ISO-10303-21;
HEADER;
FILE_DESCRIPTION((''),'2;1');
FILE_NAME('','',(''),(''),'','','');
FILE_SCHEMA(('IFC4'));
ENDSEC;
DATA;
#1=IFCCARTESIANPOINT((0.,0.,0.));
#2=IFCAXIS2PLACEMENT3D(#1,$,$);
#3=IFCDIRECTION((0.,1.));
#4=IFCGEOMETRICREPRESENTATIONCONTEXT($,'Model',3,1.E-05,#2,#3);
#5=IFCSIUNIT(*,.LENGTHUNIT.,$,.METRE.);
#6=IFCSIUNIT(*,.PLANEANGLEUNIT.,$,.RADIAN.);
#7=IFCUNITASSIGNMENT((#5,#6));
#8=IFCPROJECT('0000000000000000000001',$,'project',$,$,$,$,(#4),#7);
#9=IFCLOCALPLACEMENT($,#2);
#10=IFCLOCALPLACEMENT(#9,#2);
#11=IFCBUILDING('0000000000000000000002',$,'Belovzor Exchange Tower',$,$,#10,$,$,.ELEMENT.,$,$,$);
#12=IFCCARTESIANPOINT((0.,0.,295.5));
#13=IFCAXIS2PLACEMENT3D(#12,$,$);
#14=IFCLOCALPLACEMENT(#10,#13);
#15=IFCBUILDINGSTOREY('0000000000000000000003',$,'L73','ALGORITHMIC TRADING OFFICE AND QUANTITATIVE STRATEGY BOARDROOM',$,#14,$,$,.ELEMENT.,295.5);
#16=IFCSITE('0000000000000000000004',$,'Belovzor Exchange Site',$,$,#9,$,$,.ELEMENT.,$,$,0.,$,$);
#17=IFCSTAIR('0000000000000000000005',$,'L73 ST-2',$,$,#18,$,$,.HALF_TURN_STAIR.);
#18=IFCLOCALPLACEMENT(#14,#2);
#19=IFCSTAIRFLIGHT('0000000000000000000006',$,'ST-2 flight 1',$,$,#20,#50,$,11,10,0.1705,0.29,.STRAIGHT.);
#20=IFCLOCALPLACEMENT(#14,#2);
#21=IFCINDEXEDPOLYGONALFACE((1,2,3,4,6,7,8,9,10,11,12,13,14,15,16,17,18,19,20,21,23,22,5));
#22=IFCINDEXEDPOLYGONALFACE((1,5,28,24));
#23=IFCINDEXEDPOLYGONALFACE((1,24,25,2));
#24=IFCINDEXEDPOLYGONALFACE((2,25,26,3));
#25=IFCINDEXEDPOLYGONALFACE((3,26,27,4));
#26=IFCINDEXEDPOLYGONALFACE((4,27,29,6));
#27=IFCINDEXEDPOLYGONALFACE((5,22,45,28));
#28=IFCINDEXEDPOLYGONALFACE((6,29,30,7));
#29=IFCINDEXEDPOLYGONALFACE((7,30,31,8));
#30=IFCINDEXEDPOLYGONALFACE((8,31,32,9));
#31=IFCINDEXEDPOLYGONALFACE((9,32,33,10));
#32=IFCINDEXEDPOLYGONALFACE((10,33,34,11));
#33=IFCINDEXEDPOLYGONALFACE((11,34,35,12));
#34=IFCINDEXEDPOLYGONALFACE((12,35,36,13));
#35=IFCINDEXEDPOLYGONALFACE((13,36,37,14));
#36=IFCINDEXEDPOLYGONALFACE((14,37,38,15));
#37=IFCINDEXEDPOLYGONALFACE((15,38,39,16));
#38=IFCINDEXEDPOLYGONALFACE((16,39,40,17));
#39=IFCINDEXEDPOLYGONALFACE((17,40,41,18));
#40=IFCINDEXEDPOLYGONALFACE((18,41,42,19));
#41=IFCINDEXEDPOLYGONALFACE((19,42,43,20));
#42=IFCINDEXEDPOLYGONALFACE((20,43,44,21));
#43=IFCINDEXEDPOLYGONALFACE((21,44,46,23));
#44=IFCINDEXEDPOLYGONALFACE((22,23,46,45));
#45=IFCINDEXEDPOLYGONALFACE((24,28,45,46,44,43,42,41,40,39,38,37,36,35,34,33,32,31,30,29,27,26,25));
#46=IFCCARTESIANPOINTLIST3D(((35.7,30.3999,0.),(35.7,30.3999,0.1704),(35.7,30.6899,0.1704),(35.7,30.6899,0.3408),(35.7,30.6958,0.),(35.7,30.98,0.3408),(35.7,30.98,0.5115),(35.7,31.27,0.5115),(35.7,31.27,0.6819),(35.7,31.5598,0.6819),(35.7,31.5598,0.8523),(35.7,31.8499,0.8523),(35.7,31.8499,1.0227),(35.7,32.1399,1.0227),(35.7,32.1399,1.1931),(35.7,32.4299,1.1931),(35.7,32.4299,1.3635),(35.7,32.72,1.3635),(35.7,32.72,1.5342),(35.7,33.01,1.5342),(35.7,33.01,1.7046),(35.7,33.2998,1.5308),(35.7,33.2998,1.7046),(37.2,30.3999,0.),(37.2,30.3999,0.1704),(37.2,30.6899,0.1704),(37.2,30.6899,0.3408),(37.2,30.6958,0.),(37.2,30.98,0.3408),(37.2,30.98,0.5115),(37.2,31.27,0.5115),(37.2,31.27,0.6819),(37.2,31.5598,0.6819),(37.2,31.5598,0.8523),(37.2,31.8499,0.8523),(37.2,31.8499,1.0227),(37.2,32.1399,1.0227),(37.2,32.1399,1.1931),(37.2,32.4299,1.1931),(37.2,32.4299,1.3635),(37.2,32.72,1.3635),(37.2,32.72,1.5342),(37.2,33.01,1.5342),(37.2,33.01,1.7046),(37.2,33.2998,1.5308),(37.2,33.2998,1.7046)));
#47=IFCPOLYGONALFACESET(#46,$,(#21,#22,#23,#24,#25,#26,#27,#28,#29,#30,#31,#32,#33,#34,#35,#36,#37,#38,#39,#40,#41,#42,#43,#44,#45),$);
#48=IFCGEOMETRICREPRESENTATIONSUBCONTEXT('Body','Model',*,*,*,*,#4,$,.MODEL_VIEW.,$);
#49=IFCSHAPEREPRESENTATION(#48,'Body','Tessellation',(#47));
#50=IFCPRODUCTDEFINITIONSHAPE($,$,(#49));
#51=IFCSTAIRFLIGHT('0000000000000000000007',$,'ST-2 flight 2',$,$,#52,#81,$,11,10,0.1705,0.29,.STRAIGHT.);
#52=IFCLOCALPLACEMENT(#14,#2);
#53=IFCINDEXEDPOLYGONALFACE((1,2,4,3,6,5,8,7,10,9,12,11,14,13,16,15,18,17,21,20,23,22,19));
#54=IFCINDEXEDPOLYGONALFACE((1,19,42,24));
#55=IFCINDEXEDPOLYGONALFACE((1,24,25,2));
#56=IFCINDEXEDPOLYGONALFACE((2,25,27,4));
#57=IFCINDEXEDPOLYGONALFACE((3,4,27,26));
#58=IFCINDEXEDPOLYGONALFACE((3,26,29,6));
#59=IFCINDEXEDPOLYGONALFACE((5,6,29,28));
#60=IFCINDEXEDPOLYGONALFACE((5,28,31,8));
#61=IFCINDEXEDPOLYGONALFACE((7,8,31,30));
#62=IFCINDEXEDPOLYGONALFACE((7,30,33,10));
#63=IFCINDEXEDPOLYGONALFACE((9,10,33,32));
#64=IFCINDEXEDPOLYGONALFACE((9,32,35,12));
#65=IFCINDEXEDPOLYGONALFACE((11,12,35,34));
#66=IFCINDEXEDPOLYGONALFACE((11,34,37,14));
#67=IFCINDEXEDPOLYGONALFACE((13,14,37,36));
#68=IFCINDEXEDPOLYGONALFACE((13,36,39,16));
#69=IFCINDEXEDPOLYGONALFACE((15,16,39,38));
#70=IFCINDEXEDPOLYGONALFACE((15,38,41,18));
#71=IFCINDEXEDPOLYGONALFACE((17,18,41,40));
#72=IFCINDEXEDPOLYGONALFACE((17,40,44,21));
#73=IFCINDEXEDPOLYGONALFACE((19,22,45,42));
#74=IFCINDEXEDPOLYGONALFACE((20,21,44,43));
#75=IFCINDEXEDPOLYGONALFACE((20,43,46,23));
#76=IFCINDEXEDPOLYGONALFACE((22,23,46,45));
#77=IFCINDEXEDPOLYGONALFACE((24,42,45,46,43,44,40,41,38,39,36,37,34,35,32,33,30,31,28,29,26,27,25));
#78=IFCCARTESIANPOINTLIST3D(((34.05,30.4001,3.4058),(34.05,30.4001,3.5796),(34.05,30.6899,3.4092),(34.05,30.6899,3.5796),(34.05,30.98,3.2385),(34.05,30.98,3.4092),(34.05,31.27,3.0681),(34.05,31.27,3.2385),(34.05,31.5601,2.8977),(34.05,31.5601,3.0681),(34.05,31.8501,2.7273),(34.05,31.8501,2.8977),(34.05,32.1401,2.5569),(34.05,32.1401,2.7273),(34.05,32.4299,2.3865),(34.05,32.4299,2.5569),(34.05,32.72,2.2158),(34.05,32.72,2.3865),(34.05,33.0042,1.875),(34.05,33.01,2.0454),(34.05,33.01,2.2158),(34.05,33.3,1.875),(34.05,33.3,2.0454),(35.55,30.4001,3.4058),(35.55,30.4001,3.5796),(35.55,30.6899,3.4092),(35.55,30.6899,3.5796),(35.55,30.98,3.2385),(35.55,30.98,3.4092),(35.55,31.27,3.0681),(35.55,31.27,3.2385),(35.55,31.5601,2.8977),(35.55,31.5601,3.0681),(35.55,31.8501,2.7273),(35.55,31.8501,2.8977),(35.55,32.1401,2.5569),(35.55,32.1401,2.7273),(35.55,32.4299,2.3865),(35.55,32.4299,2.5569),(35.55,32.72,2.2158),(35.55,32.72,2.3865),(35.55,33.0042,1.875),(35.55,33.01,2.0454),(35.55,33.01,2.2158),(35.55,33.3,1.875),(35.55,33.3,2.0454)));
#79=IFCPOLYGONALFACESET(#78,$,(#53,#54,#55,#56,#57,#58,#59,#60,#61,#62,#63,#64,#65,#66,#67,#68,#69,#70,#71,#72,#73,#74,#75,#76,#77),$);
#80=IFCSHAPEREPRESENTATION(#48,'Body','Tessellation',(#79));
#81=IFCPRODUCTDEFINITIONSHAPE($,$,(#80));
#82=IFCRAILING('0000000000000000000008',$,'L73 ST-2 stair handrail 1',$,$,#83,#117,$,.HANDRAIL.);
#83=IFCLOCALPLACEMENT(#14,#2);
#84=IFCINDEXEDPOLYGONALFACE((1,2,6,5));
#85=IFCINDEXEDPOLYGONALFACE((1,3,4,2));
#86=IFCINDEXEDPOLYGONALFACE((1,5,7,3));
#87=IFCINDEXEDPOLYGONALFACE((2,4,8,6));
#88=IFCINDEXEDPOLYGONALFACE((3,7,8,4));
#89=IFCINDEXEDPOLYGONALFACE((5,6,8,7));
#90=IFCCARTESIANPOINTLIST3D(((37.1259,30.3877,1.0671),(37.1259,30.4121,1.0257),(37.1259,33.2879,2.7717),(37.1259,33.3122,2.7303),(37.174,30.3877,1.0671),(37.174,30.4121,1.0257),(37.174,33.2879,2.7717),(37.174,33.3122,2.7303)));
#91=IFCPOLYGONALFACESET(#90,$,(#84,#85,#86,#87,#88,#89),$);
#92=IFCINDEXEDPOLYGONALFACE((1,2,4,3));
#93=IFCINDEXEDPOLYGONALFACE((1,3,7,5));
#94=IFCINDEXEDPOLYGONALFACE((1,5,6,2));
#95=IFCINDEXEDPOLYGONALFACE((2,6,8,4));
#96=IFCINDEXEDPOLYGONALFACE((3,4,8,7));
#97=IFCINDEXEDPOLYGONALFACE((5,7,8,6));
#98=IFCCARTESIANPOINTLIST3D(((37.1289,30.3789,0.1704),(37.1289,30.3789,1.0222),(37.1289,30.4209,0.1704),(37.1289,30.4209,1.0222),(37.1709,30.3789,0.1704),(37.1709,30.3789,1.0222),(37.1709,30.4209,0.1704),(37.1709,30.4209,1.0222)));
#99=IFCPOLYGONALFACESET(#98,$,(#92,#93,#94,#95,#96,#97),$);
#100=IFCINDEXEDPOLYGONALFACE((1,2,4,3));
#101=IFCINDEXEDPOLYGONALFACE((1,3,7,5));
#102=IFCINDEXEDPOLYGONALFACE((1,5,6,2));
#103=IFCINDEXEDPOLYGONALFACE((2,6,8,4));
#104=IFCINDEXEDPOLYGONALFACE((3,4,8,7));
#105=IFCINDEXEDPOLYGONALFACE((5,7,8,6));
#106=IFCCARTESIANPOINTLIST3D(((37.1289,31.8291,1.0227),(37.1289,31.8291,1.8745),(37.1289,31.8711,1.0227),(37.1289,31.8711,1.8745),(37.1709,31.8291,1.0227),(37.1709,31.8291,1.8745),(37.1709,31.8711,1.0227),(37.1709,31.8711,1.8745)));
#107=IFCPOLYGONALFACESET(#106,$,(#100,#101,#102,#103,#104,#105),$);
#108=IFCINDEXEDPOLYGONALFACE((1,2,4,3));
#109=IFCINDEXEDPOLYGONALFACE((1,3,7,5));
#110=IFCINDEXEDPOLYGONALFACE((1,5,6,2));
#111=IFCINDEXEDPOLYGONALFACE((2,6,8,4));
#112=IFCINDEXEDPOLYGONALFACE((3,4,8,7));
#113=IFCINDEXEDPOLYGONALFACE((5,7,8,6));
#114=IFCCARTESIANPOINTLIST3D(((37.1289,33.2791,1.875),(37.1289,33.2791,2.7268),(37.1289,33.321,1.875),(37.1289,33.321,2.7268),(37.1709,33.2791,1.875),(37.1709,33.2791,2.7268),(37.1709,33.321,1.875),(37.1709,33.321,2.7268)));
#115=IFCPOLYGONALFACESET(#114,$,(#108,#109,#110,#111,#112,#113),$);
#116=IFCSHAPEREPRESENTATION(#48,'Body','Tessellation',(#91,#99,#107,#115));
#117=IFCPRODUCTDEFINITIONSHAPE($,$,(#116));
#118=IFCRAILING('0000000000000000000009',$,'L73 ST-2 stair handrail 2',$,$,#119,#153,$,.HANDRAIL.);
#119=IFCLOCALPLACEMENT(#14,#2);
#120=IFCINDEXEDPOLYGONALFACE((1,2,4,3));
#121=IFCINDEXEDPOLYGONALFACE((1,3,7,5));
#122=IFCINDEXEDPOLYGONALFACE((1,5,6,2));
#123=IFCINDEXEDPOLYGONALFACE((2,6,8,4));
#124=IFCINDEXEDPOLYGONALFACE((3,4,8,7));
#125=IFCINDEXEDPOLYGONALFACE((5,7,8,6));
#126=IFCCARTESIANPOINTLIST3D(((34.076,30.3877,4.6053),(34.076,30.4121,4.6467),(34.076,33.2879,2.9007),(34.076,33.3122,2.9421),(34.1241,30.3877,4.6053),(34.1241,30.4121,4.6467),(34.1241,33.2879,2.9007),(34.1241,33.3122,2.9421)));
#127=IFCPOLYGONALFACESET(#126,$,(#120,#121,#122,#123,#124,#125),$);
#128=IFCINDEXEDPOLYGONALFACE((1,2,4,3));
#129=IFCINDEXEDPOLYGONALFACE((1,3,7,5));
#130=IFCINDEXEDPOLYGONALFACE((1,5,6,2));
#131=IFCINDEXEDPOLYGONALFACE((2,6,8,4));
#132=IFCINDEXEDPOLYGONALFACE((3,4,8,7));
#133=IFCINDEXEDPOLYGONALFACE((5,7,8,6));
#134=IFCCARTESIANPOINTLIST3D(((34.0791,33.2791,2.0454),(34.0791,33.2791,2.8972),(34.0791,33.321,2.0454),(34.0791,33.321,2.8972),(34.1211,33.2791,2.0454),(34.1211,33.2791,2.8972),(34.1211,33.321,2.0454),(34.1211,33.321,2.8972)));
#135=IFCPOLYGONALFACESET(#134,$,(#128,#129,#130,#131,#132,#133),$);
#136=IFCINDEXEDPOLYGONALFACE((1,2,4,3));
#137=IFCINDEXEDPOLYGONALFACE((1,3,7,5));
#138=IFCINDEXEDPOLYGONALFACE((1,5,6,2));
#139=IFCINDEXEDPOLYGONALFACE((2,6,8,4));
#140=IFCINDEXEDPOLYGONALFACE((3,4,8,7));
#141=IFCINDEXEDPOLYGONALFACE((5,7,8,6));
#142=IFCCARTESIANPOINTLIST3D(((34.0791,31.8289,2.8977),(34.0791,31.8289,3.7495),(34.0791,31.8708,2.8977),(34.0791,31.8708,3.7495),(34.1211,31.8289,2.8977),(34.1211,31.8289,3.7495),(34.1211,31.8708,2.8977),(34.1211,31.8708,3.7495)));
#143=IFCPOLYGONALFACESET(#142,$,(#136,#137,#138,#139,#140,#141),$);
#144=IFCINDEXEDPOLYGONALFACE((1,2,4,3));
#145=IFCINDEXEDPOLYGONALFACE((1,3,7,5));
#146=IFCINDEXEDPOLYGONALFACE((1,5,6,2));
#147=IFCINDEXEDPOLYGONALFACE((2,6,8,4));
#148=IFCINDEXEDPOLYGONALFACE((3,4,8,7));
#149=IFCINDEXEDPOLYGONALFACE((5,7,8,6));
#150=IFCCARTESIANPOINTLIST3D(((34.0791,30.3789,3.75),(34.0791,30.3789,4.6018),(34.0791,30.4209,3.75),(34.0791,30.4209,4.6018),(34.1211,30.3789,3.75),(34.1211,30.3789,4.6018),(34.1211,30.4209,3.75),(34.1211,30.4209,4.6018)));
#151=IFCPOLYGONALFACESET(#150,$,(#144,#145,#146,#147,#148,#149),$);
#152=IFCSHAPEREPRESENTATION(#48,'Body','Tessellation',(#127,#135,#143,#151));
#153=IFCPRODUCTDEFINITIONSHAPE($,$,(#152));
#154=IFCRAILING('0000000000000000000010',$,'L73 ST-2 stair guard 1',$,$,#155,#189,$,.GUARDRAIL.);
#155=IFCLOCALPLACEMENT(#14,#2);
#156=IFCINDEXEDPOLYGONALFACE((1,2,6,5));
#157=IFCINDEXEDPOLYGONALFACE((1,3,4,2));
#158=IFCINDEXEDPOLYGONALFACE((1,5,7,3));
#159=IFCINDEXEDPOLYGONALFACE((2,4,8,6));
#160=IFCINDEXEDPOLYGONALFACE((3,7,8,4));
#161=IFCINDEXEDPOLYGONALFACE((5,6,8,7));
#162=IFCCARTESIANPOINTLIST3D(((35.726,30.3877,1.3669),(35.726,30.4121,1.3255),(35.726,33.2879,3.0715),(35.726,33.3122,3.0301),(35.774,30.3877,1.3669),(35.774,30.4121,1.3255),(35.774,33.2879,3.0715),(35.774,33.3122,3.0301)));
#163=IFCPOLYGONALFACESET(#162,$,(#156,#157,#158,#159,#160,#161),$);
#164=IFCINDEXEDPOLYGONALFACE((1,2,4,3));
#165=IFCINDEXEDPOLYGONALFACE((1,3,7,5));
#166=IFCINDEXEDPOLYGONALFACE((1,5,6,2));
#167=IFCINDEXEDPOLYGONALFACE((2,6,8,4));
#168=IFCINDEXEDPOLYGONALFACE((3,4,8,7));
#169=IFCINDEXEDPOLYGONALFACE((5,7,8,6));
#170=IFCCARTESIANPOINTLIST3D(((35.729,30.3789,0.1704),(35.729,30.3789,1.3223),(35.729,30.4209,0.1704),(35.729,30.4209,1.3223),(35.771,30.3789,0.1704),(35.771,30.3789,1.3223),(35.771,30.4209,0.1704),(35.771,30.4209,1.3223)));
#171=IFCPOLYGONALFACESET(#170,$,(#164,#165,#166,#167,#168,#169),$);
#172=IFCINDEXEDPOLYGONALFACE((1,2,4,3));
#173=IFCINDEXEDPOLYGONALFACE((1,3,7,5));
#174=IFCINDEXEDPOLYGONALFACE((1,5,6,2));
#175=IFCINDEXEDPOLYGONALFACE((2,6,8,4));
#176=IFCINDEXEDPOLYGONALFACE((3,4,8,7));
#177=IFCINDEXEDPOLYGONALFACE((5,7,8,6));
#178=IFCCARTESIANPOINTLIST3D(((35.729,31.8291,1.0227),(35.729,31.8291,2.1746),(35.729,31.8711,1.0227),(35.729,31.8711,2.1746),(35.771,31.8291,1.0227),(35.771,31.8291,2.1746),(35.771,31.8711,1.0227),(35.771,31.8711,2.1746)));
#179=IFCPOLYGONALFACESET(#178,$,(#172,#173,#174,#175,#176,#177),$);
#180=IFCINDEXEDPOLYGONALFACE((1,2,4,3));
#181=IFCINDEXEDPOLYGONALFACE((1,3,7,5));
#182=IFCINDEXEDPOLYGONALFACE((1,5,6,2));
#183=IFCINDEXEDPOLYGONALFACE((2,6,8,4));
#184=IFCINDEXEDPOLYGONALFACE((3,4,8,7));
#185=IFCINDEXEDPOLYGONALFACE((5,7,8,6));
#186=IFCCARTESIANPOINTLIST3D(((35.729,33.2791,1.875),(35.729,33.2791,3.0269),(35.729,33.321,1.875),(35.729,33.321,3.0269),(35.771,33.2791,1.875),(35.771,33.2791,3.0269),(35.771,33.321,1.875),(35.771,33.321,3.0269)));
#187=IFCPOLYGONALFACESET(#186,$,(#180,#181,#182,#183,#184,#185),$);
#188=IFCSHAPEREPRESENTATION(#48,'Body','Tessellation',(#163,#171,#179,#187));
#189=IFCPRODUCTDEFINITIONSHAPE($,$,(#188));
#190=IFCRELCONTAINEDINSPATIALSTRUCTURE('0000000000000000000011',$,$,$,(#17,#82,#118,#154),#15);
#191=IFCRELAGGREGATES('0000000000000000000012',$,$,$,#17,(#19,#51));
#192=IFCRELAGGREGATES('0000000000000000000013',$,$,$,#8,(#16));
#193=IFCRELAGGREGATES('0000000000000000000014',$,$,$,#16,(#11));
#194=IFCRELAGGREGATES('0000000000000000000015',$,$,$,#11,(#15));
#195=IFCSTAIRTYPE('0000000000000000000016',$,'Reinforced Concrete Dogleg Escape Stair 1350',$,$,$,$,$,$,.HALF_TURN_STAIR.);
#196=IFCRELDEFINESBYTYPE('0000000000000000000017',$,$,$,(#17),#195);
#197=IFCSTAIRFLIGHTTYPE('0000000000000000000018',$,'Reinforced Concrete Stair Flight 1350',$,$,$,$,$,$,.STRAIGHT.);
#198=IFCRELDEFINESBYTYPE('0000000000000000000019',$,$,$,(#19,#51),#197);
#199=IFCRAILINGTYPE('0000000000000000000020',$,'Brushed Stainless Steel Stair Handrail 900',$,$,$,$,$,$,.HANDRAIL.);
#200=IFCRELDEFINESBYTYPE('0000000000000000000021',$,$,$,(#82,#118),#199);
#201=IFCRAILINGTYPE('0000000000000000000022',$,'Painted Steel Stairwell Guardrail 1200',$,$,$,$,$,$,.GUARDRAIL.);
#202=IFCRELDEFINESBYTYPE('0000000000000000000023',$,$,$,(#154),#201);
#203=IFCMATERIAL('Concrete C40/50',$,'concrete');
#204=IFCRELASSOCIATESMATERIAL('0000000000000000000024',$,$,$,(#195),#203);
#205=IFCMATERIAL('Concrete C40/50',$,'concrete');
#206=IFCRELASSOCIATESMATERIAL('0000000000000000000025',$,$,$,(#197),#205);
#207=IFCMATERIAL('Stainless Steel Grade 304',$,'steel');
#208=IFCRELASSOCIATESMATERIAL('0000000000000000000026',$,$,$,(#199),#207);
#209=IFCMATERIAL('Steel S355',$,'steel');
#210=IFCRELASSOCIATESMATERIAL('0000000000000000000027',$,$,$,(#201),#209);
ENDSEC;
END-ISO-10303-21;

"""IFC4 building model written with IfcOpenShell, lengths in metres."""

from ifc_helpers import new_model, si_unit, direction, frame, origin, origin_2d, place, context, subcontext, project, spatial, polyline, rectangle, outline, extrude, material, type_object, element, aggregate, save


model = new_model("IFC4")

# Units and contexts
model_context = context("Model", 3, precision=1e-05, world=origin(), true_north=direction((0.0, 1.0)))
body_context = subcontext(model_context, "Body", "Model", "MODEL_VIEW")
ifc_project = project(units=[si_unit("LENGTHUNIT", "METRE"), si_unit("PLANEANGLEUNIT", "RADIAN")], contexts=[model_context])

# Site, building, storey
site_placement = place(None, origin())
site = spatial("IfcSite", under=ifc_project, at=site_placement, Name="Belovzor Exchange Site", CompositionType="ELEMENT", RefElevation=0.0)
building_placement = place(site_placement, origin())
building = spatial("IfcBuilding", under=site, at=building_placement, Name="Belovzor Exchange Tower", CompositionType="ELEMENT")
storey_placement = place(building_placement, frame((0.0, 0.0, 295.5)))
storey = spatial("IfcBuildingStorey", under=building, at=storey_placement, Name="L73", Description="ALGORITHMIC TRADING OFFICE AND QUANTITATIVE STRATEGY BOARDROOM", CompositionType="ELEMENT", Elevation=295.5)

# Stair, stair flights
ifc_material_1 = material(Name="Concrete C40/50", Category="concrete")
stair_type = type_object("IfcStairType", Name="Reinforced Concrete Dogleg Escape Stair 1350", PredefinedType="HALF_TURN_STAIR", material=ifc_material_1)
stair_placement = place(storey_placement, origin())
stair = element("IfcStair", 1, at=stair_placement, inside=storey, type_object=stair_type, Name="L73 ST-2", PredefinedType="HALF_TURN_STAIR")
ifc_material_2 = material(Name="Concrete C40/50", Category="concrete")
stair_flight_type = type_object("IfcStairFlightType", Name="Reinforced Concrete Stair Flight 1350", PredefinedType="STRAIGHT", material=ifc_material_2)
stair_flight_1_placement = place(storey_placement, frame((36.45, 30.3999, 0.0), z_axis=(0.0, 0.0, 1.0), x_axis=(0.0, 1.0, 0.0)))
stair_flight_1 = element("IfcStairFlight", 2, at=stair_flight_1_placement, type_object=stair_flight_type, Name="ST-2 flight 1", NumberOfRisers=11, NumberOfTreads=10, PredefinedType="STRAIGHT", RiserHeight=0.1705, TreadLength=0.29, context=body_context, shape_type="SweptSolid", body=[
    extrude(outline(polyline([(0.0, 0.0), (0.0, 0.1704), (0.29, 0.1704), (0.29, 0.3408), (0.5801, 0.3408), (0.5801, 0.5115), (0.8701, 0.5115), (0.8701, 0.6819), (1.1599, 0.6819), (1.1599, 0.8523), (1.45, 0.8523), (1.45, 1.0227), (1.74, 1.0227), (1.74, 1.1931), (2.03, 1.1931), (2.03, 1.3635), (2.3201, 1.3635), (2.3201, 1.5342), (2.6101, 1.5342), (2.6101, 1.7046), (2.8999, 1.7046), (2.8999, 1.875), (2.8999, 1.5308), (0.2959, 0.0), (0.0, 0.0)])), frame((0.0, 0.75, 0.0), z_axis=(0.0, -1.0, 0.0), x_axis=(1.0, 0.0, 0.0)), (0.0, 0.0, 1.0), 1.5),
])
stair_flight_2_placement = place(storey_placement, frame((34.8, 33.3, 1.875), z_axis=(0.0, 0.0, 1.0), x_axis=(0.0, -1.0, 0.0)))
stair_flight_2 = element("IfcStairFlight", 3, at=stair_flight_2_placement, type_object=stair_flight_type, Name="ST-2 flight 2", NumberOfRisers=11, NumberOfTreads=10, PredefinedType="STRAIGHT", RiserHeight=0.1705, TreadLength=0.29, context=body_context, shape_type="SweptSolid", body=[
    extrude(outline(polyline([(0.0, 0.0), (0.0, 0.1704), (0.29, 0.1704), (0.29, 0.3408), (0.5801, 0.3408), (0.5801, 0.5115), (0.8701, 0.5115), (0.8701, 0.6819), (1.1599, 0.6819), (1.1599, 0.8523), (1.45, 0.8523), (1.45, 1.0227), (1.74, 1.0227), (1.74, 1.1931), (2.03, 1.1931), (2.03, 1.3635), (2.3201, 1.3635), (2.3201, 1.5342), (2.6101, 1.5342), (2.6101, 1.7046), (2.8999, 1.7046), (2.8999, 1.875), (2.8999, 1.5308), (0.2959, 0.0), (0.0, 0.0)])), frame((0.0, 0.75, 0.0), z_axis=(0.0, -1.0, 0.0), x_axis=(1.0, 0.0, 0.0)), (0.0, 0.0, 1.0), 1.5),
])
aggregate(stair, [stair_flight_1, stair_flight_2])

# Railings
ifc_material_3 = material(Name="Stainless Steel Grade 304", Category="steel")
railing_type_1 = type_object("IfcRailingType", Name="Brushed Stainless Steel Stair Handrail 900", PredefinedType="HANDRAIL", material=ifc_material_3)
railing_1_placement = place(storey_placement, frame((37.1499, 30.3999, 0.1704)))
element("IfcRailing", 4, at=railing_1_placement, inside=storey, type_object=railing_type_1, Name="L73 ST-2 stair handrail 1", PredefinedType="HANDRAIL", context=body_context, shape_type="SweptSolid", body=[
    extrude(rectangle(XDim=0.0481, YDim=0.0481, at=origin_2d()), frame((0.0, 0.0, 0.876), z_axis=(0.0, 0.862113, 0.506716), x_axis=(-1.0, 0.0, 0.0)), (0.0, 0.0, 1.0), 3.364),
    extrude(rectangle(XDim=0.042, YDim=0.042, at=origin_2d()), origin(), (0.0, 0.0, 1.0), 0.8518),
    extrude(rectangle(XDim=0.042, YDim=0.042, at=origin_2d()), frame((0.0, 1.4502, 0.8523)), (0.0, 0.0, 1.0), 0.8518),
    extrude(rectangle(XDim=0.042, YDim=0.042, at=origin_2d()), frame((0.0, 2.9001, 1.7046)), (0.0, 0.0, 1.0), 0.8518),
])
railing_2_placement = place(storey_placement, frame((34.1001, 33.3, 2.0454)))
element("IfcRailing", 5, at=railing_2_placement, inside=storey, type_object=railing_type_1, Name="L73 ST-2 stair handrail 2", PredefinedType="HANDRAIL", context=body_context, shape_type="SweptSolid", body=[
    extrude(rectangle(XDim=0.0481, YDim=0.0481, at=origin_2d()), frame((0.0, 0.0, 0.876), z_axis=(0.0, -0.862113, 0.506716), x_axis=(1.0, 0.0, 0.0)), (0.0, 0.0, 1.0), 3.364),
    extrude(rectangle(XDim=0.042, YDim=0.042, at=origin_2d()), origin(), (0.0, 0.0, 1.0), 0.8518),
    extrude(rectangle(XDim=0.042, YDim=0.042, at=origin_2d()), frame((0.0, -1.4502, 0.8523)), (0.0, 0.0, 1.0), 0.8518),
    extrude(rectangle(XDim=0.042, YDim=0.042, at=origin_2d()), frame((0.0, -2.9001, 1.7046)), (0.0, 0.0, 1.0), 0.8518),
])
ifc_material_4 = material(Name="Steel S355", Category="steel")
railing_type_2 = type_object("IfcRailingType", Name="Painted Steel Stairwell Guardrail 1200", PredefinedType="GUARDRAIL", material=ifc_material_4)
railing_3_placement = place(storey_placement, frame((35.75, 30.3999, 0.1704)))
element("IfcRailing", 6, at=railing_3_placement, inside=storey, type_object=railing_type_2, Name="L73 ST-2 stair guard 1", PredefinedType="GUARDRAIL", context=body_context, shape_type="SweptSolid", body=[
    extrude(rectangle(XDim=0.0481, YDim=0.0481, at=origin_2d()), frame((0.0, 0.0, 1.1758), z_axis=(0.0, 0.862113, 0.506716), x_axis=(-1.0, 0.0, 0.0)), (0.0, 0.0, 1.0), 3.364),
    extrude(rectangle(XDim=0.042, YDim=0.042, at=origin_2d()), origin(), (0.0, 0.0, 1.0), 1.1519),
    extrude(rectangle(XDim=0.042, YDim=0.042, at=origin_2d()), frame((0.0, 1.4502, 0.8523)), (0.0, 0.0, 1.0), 1.1519),
    extrude(rectangle(XDim=0.042, YDim=0.042, at=origin_2d()), frame((0.0, 2.9001, 1.7046)), (0.0, 0.0, 1.0), 1.1519),
])

save(model, "model.ifc")
